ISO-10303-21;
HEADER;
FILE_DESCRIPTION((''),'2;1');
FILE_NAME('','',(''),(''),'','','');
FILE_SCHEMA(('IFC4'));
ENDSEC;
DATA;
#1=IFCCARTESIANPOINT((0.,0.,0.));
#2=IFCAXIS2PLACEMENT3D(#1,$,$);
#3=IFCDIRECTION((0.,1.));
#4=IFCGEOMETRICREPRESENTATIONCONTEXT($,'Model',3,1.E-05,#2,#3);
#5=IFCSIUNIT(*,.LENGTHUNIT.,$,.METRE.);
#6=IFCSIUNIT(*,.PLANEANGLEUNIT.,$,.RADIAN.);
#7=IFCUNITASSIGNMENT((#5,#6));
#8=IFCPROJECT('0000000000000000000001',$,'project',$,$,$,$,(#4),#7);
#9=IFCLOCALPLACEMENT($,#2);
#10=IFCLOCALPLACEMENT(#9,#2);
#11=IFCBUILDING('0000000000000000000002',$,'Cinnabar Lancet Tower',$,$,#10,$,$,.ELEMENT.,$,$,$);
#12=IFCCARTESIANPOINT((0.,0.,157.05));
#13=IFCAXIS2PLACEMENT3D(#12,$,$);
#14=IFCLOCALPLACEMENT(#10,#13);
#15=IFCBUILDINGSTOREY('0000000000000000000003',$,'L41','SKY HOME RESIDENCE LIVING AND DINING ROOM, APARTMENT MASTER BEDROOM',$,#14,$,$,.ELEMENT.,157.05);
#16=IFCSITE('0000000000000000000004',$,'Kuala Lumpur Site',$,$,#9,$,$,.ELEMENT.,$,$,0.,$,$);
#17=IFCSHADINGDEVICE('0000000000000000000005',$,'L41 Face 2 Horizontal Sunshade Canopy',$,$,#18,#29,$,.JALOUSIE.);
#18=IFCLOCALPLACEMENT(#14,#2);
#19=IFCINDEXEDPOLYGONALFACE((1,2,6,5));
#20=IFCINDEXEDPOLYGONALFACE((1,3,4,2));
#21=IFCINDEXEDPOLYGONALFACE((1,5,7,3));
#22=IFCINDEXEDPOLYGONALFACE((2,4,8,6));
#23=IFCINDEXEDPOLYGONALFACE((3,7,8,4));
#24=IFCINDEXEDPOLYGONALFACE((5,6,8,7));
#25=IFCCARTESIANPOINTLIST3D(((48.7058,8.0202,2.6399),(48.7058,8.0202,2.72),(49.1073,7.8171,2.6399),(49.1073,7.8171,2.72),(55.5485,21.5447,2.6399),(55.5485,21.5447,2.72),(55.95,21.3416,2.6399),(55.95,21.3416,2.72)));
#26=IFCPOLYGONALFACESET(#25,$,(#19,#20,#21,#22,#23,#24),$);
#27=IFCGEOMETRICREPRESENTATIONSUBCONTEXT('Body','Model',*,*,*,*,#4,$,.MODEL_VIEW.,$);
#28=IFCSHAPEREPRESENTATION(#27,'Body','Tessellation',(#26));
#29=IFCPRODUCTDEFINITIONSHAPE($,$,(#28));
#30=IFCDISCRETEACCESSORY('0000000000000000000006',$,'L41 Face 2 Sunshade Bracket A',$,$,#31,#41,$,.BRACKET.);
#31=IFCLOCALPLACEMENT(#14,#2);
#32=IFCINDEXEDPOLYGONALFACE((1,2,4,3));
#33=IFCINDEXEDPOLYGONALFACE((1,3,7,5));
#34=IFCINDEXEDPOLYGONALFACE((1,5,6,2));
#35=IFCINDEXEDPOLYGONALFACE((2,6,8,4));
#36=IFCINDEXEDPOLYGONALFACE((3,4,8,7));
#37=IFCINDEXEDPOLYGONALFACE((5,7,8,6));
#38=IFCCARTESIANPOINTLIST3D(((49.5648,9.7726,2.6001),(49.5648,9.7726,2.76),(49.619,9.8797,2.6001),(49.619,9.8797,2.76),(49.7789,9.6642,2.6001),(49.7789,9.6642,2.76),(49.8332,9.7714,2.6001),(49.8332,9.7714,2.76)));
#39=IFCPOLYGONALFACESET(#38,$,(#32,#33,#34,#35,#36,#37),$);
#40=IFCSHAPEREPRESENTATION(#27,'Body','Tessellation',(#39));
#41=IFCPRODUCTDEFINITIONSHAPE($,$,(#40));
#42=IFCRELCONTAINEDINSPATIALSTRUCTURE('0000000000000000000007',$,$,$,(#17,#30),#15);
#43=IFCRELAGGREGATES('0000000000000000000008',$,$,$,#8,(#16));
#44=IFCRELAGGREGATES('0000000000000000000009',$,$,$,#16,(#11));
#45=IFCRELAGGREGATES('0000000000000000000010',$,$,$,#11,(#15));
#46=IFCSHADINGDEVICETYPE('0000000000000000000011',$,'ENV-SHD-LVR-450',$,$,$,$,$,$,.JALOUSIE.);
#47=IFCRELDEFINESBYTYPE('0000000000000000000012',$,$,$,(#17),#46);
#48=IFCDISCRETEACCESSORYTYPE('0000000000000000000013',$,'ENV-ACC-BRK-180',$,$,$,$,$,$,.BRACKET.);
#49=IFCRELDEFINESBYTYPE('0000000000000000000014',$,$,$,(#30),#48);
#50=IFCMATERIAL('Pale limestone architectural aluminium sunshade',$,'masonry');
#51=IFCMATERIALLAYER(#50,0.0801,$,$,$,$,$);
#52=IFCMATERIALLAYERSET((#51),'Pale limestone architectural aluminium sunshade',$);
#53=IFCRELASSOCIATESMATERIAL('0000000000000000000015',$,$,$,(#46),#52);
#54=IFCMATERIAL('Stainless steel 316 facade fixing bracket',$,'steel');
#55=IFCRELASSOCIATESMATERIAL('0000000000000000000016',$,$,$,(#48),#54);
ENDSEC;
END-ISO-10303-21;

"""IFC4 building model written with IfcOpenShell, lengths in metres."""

from ifc_helpers import new_model, si_unit, direction, frame, origin, origin_2d, place, context, subcontext, project, spatial, rectangle, extrude, material, layer, layer_set, type_object, element, save


model = new_model("IFC4")

# Units and contexts
model_context = context("Model", 3, precision=1e-05, world=origin(), true_north=direction((0.0, 1.0)))
body_context = subcontext(model_context, "Body", "Model", "MODEL_VIEW")
ifc_project = project(units=[si_unit("LENGTHUNIT", "METRE"), si_unit("PLANEANGLEUNIT", "RADIAN")], contexts=[model_context])

# Site, building, storey
site_placement = place(None, origin())
site = spatial("IfcSite", under=ifc_project, at=site_placement, Name="Kuala Lumpur Site", CompositionType="ELEMENT", RefElevation=0.0)
building_placement = place(site_placement, origin())
building = spatial("IfcBuilding", under=site, at=building_placement, Name="Cinnabar Lancet Tower", CompositionType="ELEMENT")
storey_placement = place(building_placement, frame((0.0, 0.0, 157.05)))
storey = spatial("IfcBuildingStorey", under=building, at=storey_placement, Name="L41", Description="SKY HOME RESIDENCE LIVING AND DINING ROOM, APARTMENT MASTER BEDROOM", CompositionType="ELEMENT", Elevation=157.05)

# Shading device
ifc_material_1 = material(Name="Pale limestone architectural aluminium sunshade", Category="masonry")
ifc_layer_1 = layer(ifc_material_1, 0.0801)
ifc_layer_set_1 = layer_set([ifc_layer_1], Name="Pale limestone architectural aluminium sunshade")
shading_device_type = type_object("IfcShadingDeviceType", Name="ENV-SHD-LVR-450", PredefinedType="JALOUSIE", material=ifc_layer_set_1)
shading_device_placement = place(storey_placement, frame((52.3279, 14.6809, 2.6399), z_axis=(0.0, 0.0, 1.0), x_axis=(0.451454, 0.892294, 0.0)))
element("IfcShadingDevice", 1, at=shading_device_placement, inside=storey, type_object=shading_device_type, Name="L41 Face 2 Horizontal Sunshade Canopy", PredefinedType="JALOUSIE", context=body_context, shape_type="SweptSolid", body=[
    extrude(rectangle(XDim=15.157, YDim=0.45, at=origin_2d()), origin(), (0.0, 0.0, 1.0), 0.0801),
])

# Discrete accessory
ifc_material_2 = material(Name="Stainless steel 316 facade fixing bracket", Category="steel")
discrete_accessory_type = type_object("IfcDiscreteAccessoryType", Name="ENV-ACC-BRK-180", PredefinedType="BRACKET", material=ifc_material_2)
discrete_accessory_placement = place(storey_placement, frame((49.699, 9.772, 2.6001), z_axis=(0.0, 0.0, 1.0), x_axis=(0.451454, 0.892294, 0.0)))
element("IfcDiscreteAccessory", 2, at=discrete_accessory_placement, inside=storey, type_object=discrete_accessory_type, Name="L41 Face 2 Sunshade Bracket A", PredefinedType="BRACKET", context=body_context, shape_type="SweptSolid", body=[
    extrude(rectangle(XDim=0.1201, YDim=0.24, at=origin_2d()), origin(), (0.0, 0.0, 1.0), 0.1599),
])

save(model, "model.ifc")
